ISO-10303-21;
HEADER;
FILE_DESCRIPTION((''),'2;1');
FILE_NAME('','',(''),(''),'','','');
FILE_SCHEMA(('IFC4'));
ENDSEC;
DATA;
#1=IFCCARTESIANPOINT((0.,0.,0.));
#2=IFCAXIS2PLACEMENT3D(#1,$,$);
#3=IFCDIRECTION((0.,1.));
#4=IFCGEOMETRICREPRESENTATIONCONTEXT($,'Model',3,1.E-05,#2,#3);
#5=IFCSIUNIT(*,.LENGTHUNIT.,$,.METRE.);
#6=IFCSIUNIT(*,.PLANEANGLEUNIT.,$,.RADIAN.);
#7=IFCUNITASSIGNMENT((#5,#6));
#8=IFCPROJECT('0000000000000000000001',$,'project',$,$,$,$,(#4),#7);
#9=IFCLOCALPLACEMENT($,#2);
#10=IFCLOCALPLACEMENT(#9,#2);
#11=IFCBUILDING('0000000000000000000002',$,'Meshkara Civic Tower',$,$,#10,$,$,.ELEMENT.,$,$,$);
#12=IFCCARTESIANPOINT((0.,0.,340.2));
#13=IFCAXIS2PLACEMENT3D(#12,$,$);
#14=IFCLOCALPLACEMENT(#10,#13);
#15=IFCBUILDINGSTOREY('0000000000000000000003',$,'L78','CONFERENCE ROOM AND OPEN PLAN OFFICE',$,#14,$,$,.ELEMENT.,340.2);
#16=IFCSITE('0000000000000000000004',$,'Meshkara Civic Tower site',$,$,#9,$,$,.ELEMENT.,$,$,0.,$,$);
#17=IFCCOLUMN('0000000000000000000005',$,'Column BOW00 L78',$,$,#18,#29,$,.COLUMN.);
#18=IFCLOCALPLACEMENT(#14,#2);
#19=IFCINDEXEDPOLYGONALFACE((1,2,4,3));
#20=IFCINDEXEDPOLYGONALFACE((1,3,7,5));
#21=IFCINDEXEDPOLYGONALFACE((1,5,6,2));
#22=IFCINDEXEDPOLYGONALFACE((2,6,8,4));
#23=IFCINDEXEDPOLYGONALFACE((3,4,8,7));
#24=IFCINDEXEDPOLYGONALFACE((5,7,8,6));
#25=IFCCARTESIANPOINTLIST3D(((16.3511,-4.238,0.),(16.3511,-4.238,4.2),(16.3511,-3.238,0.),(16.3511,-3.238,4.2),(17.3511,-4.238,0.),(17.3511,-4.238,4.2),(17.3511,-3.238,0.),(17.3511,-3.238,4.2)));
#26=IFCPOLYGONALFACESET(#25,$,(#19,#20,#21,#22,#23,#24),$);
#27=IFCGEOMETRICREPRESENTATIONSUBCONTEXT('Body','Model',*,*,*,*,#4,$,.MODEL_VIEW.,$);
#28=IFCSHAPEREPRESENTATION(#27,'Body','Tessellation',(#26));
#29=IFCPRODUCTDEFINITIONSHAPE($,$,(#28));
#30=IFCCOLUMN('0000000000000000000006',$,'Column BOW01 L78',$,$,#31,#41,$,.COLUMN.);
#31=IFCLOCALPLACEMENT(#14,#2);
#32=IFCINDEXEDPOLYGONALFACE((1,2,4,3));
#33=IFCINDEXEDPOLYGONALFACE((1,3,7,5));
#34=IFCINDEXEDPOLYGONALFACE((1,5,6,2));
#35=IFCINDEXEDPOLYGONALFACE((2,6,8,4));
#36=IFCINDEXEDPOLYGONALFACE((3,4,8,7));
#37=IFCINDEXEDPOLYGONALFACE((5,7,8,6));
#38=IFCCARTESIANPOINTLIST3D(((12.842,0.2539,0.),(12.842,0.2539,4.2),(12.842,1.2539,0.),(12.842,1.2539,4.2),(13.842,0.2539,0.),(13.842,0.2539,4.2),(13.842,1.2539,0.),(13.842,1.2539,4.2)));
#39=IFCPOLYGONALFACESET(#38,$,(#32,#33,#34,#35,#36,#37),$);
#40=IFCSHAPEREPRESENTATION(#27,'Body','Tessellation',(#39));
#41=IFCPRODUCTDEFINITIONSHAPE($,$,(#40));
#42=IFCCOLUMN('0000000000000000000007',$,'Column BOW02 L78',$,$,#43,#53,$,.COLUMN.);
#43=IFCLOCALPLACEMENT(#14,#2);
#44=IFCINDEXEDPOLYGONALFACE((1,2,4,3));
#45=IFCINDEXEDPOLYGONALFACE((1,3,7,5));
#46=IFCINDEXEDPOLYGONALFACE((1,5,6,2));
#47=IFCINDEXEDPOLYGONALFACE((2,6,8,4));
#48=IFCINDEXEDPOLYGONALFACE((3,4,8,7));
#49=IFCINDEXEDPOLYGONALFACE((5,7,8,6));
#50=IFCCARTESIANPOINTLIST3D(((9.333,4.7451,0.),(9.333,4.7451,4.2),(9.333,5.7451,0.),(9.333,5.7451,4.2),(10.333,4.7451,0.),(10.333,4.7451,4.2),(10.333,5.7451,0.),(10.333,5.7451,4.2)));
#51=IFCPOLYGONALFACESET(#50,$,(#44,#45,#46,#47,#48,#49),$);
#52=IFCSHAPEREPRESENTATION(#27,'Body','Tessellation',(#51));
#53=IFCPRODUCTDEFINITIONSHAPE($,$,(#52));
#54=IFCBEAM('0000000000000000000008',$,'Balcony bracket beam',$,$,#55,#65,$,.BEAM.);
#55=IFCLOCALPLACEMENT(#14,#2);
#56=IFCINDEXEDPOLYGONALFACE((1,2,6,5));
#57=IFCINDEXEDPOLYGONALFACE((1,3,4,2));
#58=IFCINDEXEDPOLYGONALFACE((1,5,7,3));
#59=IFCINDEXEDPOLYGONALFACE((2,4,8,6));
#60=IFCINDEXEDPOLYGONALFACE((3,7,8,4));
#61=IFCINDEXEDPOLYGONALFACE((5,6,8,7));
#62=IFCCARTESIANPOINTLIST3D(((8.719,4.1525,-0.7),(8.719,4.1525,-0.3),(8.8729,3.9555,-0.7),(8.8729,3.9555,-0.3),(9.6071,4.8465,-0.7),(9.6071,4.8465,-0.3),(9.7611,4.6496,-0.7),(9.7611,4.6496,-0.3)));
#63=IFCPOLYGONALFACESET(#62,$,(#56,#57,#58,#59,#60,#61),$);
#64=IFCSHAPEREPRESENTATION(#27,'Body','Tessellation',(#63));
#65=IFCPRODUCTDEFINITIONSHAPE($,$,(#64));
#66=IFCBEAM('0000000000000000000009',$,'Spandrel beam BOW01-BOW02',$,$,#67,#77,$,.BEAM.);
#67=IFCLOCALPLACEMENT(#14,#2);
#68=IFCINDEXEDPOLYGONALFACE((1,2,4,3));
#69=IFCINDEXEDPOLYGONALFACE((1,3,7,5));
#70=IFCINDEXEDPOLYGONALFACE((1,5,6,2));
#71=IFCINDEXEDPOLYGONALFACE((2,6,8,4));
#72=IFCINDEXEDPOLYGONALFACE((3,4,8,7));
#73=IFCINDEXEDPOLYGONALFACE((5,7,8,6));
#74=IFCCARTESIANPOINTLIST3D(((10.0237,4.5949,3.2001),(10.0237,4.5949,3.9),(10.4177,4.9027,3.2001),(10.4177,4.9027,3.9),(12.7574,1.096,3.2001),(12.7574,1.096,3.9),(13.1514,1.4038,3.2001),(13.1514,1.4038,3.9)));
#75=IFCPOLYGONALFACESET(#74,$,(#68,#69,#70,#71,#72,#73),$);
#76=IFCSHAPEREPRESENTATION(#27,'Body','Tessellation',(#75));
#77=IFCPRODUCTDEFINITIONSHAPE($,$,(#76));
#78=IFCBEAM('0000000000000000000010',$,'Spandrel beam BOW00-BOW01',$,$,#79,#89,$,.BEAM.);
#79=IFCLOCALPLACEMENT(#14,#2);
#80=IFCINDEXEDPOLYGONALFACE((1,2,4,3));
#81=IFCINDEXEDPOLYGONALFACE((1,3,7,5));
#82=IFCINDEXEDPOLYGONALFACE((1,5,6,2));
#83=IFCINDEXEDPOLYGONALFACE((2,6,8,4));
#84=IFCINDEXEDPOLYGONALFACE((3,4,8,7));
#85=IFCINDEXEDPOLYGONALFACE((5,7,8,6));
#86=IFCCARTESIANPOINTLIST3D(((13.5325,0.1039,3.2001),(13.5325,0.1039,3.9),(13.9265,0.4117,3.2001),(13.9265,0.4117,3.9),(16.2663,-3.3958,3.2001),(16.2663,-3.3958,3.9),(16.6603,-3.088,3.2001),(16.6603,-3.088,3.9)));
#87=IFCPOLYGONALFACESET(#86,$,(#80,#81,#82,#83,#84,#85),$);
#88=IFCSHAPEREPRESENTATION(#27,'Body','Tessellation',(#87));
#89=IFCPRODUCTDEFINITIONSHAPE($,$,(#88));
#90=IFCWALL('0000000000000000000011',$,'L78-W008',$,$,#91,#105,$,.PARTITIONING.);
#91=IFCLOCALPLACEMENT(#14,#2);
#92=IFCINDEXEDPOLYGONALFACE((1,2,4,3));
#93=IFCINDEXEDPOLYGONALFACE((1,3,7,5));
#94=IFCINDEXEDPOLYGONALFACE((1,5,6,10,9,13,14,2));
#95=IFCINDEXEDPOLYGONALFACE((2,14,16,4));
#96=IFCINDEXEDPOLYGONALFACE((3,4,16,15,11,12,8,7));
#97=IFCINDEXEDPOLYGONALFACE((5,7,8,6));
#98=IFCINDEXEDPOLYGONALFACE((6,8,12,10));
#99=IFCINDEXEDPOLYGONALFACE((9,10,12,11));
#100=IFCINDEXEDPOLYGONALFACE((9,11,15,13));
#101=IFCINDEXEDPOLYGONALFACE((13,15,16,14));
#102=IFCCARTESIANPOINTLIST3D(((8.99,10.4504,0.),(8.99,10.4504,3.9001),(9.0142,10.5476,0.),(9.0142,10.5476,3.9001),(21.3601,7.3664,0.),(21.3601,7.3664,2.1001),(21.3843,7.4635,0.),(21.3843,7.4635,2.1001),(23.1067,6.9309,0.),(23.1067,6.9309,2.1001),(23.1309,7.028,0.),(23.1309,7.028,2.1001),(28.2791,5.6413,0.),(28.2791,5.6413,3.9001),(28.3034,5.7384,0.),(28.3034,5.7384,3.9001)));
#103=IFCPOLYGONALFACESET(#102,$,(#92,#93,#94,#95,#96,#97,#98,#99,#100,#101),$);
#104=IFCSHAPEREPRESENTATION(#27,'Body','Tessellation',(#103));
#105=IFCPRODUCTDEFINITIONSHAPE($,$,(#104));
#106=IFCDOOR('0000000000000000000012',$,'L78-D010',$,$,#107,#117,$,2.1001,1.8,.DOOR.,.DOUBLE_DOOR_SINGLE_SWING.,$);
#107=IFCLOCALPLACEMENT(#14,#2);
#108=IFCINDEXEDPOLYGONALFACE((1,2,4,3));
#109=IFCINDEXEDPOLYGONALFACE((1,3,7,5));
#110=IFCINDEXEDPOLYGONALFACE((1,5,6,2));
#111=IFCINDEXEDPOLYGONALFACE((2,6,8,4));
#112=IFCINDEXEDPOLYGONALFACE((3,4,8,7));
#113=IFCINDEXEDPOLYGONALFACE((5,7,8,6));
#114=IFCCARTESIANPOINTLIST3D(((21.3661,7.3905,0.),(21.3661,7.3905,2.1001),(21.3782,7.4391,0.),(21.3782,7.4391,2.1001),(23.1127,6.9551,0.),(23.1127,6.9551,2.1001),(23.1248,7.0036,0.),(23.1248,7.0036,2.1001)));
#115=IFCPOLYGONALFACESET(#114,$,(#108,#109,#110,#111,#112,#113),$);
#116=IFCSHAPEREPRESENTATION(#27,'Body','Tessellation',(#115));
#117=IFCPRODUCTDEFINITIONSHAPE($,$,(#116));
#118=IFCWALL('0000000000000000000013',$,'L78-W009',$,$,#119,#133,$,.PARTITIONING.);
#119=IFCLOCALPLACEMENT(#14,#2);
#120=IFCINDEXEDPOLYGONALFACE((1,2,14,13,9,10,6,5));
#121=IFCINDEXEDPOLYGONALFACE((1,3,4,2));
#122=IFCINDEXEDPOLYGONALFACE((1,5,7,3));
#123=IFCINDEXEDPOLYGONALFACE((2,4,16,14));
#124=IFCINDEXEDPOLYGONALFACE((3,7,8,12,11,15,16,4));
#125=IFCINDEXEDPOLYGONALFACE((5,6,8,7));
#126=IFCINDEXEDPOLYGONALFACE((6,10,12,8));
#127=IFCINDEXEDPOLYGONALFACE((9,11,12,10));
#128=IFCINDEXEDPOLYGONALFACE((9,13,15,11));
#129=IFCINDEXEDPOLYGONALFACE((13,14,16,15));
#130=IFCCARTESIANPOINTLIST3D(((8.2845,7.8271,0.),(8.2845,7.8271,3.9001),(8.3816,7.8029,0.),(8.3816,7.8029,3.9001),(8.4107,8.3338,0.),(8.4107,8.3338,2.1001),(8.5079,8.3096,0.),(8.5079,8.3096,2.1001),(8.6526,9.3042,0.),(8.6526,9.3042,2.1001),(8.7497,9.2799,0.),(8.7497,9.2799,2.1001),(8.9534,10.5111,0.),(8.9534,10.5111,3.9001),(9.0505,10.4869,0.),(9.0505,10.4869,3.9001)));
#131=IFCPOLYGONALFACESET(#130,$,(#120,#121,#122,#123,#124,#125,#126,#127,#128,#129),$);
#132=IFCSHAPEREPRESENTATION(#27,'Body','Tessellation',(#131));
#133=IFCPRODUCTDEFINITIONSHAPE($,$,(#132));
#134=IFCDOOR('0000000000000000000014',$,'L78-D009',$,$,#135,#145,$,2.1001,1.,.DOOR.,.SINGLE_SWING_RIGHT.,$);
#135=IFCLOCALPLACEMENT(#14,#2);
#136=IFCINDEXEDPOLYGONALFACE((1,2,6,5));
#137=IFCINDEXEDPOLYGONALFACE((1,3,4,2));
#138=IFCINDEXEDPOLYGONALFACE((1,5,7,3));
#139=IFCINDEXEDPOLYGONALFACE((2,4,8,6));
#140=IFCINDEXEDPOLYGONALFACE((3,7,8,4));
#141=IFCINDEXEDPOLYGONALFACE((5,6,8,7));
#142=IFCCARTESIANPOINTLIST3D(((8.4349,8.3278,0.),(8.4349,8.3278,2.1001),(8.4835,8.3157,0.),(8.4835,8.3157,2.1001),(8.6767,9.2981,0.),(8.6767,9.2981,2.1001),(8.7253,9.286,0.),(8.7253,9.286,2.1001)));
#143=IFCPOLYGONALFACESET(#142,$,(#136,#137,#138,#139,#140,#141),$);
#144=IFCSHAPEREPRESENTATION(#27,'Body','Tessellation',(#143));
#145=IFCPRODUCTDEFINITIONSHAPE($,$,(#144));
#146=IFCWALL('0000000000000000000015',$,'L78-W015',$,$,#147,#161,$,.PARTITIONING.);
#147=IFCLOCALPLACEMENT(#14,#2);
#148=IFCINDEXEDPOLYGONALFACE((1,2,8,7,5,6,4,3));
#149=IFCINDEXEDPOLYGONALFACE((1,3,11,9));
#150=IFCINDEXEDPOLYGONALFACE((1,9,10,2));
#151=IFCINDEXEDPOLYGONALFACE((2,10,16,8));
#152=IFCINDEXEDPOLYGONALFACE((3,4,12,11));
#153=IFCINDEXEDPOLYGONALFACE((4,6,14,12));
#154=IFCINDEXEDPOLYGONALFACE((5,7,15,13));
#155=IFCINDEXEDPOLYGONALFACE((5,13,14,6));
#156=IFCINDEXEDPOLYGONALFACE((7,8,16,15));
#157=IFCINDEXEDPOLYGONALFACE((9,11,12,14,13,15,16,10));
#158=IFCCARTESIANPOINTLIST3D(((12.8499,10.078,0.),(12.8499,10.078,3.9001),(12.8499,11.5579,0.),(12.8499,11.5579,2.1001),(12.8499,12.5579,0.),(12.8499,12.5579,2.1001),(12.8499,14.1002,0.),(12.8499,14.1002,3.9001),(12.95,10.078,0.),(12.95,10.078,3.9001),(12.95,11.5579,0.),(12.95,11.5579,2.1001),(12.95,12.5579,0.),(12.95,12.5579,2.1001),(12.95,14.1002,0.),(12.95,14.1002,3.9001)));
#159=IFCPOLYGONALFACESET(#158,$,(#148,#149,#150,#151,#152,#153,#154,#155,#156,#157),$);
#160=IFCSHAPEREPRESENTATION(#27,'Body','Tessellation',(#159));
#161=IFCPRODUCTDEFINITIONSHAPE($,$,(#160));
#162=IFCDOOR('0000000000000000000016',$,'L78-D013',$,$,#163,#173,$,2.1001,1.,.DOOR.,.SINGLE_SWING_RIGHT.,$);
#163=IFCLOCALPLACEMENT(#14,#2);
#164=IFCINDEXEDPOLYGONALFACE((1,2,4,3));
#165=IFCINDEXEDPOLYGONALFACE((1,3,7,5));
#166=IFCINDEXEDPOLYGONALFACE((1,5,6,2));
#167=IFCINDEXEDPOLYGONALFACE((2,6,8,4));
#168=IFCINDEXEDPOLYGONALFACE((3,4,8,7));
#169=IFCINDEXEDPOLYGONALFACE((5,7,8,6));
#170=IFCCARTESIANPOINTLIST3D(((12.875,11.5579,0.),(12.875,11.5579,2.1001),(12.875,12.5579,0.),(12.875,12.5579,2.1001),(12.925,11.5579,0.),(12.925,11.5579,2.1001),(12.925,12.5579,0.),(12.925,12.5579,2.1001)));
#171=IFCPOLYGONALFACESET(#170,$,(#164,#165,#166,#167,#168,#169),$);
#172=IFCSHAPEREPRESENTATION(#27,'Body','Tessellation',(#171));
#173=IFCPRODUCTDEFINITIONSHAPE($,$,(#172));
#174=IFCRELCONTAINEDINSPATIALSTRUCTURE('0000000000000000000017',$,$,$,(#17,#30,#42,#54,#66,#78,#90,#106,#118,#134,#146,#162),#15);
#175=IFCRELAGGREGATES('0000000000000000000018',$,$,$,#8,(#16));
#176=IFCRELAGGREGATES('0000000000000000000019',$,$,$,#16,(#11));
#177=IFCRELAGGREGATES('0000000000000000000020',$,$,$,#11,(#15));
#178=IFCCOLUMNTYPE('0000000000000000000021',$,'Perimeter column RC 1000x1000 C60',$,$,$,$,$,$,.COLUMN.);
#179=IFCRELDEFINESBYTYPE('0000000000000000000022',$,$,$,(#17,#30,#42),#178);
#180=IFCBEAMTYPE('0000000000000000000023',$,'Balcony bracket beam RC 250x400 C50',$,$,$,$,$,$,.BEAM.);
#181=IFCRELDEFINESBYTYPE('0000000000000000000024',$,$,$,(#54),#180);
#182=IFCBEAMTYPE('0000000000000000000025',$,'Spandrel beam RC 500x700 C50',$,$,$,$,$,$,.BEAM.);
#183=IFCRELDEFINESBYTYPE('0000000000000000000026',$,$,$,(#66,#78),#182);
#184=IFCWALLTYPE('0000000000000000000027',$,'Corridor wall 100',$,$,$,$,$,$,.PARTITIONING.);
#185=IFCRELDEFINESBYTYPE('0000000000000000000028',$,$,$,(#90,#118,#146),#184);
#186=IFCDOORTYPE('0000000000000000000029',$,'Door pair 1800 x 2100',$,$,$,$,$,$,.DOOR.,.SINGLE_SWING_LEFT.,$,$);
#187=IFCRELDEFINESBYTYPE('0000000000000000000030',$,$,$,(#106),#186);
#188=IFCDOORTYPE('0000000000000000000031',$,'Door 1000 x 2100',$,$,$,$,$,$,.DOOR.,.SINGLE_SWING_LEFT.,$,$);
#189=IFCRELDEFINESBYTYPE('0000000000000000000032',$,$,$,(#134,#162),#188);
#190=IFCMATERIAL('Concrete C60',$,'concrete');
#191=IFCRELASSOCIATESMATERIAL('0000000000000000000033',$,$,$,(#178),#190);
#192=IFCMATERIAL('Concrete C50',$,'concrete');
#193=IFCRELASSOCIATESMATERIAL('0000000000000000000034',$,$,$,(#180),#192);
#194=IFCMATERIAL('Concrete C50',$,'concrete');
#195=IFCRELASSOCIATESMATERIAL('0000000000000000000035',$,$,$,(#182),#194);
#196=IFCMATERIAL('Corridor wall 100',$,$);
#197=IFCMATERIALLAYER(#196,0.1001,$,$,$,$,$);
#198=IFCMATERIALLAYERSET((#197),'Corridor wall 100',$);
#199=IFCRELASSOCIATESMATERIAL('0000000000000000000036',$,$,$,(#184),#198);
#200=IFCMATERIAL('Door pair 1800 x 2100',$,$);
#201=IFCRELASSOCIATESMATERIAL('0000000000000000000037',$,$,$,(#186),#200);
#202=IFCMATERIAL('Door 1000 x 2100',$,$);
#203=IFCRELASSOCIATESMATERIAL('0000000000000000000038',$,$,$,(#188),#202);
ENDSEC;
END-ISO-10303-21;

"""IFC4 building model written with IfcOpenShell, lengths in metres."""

from ifc_helpers import new_model, si_unit, direction, frame, frame_2d, origin, origin_2d, place, context, subcontext, project, spatial, rectangle, extrude, material, layer, layer_set, material_profile, profile_set, type_object, element, fill, save


model = new_model("IFC4")

# Units and contexts
model_context = context("Model", 3, precision=1e-05, world=origin(), true_north=direction((0.0, 1.0)))
body_context = subcontext(model_context, "Body", "Model", "MODEL_VIEW")
ifc_project = project(units=[si_unit("LENGTHUNIT", "METRE"), si_unit("PLANEANGLEUNIT", "RADIAN")], contexts=[model_context])

# Site, building, storey
site_placement = place(None, origin())
site = spatial("IfcSite", under=ifc_project, at=site_placement, Name="Meshkara Civic Tower site", CompositionType="ELEMENT", RefElevation=0.0)
building_placement = place(site_placement, origin())
building = spatial("IfcBuilding", under=site, at=building_placement, Name="Meshkara Civic Tower", CompositionType="ELEMENT")
storey_placement = place(building_placement, frame((0.0, 0.0, 340.2)))
storey = spatial("IfcBuildingStorey", under=building, at=storey_placement, Name="L78", Description="CONFERENCE ROOM AND OPEN PLAN OFFICE", CompositionType="ELEMENT", Elevation=340.2)

# Columns
ifc_material_1 = material(Name="Concrete C60", Category="concrete")
ifc_material_profile_1 = material_profile(ifc_material_1, rectangle(XDim=1.0, YDim=1.0, at=origin_2d()))
ifc_profile_set_1 = profile_set([ifc_material_profile_1], Name="Concrete C60")
column_type = type_object("IfcColumnType", Name="Perimeter column RC 1000x1000 C60", PredefinedType="COLUMN", material=ifc_profile_set_1)
for number, where, z_axis, x_axis, name in (
    (1, (16.8511, -3.738, 0.0), (0.0, 0.0, 1.0), (1.0, 0.0, 0.0), "Column BOW00 L78"),
    (2, (13.342, 0.7539, 0.0), (0.0, 0.0, 1.0), (1.0, 0.0, 0.0), "Column BOW01 L78"),
    (3, (9.833, 5.2451, 0.0), (0.0, 0.0, 1.0), (1.0, 0.0, 0.0), "Column BOW02 L78"),
):
    element("IfcColumn", number, at=place(storey_placement, frame(where, z_axis=z_axis, x_axis=x_axis)), inside=storey, type_object=column_type, Name=name, PredefinedType="COLUMN", context=body_context, shape_type="SweptSolid", body=[
        extrude(rectangle(XDim=1.0, YDim=1.0, at=origin_2d()), origin(), (0.0, 0.0, 1.0), 4.2),
    ])

# Beams
ifc_material_2 = material(Name="Concrete C50", Category="concrete")
ifc_material_profile_2 = material_profile(ifc_material_2, rectangle(XDim=0.25, YDim=0.3999, at=origin_2d()))
ifc_profile_set_2 = profile_set([ifc_material_profile_2], Name="Concrete C50")
beam_type_1 = type_object("IfcBeamType", Name="Balcony bracket beam RC 250x400 C50", PredefinedType="BEAM", material=ifc_profile_set_2)
beam_1_placement = place(storey_placement, frame((9.6841, 4.748, -0.5), z_axis=(-0.787939, -0.615753, 0.0), x_axis=(0.615753, -0.787939, 0.0)))
element("IfcBeam", 4, at=beam_1_placement, inside=storey, type_object=beam_type_1, Name="Balcony bracket beam", PredefinedType="BEAM", context=body_context, shape_type="SweptSolid", body=[
    extrude(rectangle(XDim=0.25, YDim=0.3999, at=origin_2d()), origin(), (0.0, 0.0, 1.0), 1.1272),
])
ifc_material_3 = material(Name="Concrete C50", Category="concrete")
ifc_material_profile_3 = material_profile(ifc_material_3, rectangle(XDim=0.5, YDim=0.7, at=origin_2d()))
ifc_profile_set_3 = profile_set([ifc_material_profile_3], Name="Concrete C50")
beam_type_2 = type_object("IfcBeamType", Name="Spandrel beam RC 500x700 C50", PredefinedType="BEAM", material=ifc_profile_set_3)
beam_2_placement = place(storey_placement, frame((10.2207, 4.7488, 3.55), z_axis=(0.615675, -0.788, 0.0), x_axis=(0.788, 0.615675, 0.0)))
element("IfcBeam", 5, at=beam_2_placement, inside=storey, type_object=beam_type_2, Name="Spandrel beam BOW01-BOW02", PredefinedType="BEAM", context=body_context, shape_type="SweptSolid", body=[
    extrude(rectangle(XDim=0.5, YDim=0.7, at=origin_2d()), origin(), (0.0, 0.0, 1.0), 4.4402),
])
beam_3_placement = place(storey_placement, frame((13.7295, 0.2578, 3.55), z_axis=(0.615602, -0.788057, 0.0), x_axis=(0.788057, 0.615602, 0.0)))
element("IfcBeam", 6, at=beam_3_placement, inside=storey, type_object=beam_type_2, Name="Spandrel beam BOW00-BOW01", PredefinedType="BEAM", context=body_context, shape_type="SweptSolid", body=[
    extrude(rectangle(XDim=0.5, YDim=0.7, at=origin_2d()), origin(), (0.0, 0.0, 1.0), 4.4409),
])

# Walls, openings, doors
ifc_material_4 = material(Name="Corridor wall 100")
ifc_layer_1 = layer(ifc_material_4, 0.1001)
ifc_layer_set_1 = layer_set([ifc_layer_1], Name="Corridor wall 100")
wall_type_1 = type_object("IfcWallType", Name="Corridor wall 100", PredefinedType="PARTITIONING", material=ifc_layer_set_1)
wall_1_placement = place(storey_placement, frame((9.002, 10.499, 0.0), z_axis=(0.0, 0.0, 1.0), x_axis=(0.970298, -0.241911, 0.0)))
wall_1 = element("IfcWall", 7, at=wall_1_placement, inside=storey, type_object=wall_type_1, Name="L78-W008", PredefinedType="PARTITIONING", context=body_context, shape_type="SweptSolid", body=[
    extrude(rectangle(XDim=19.8796, YDim=0.1001, at=frame_2d((9.9399, 0.0))), origin(), (0.0, 0.0, 1.0), 3.9001),
])
opening_1_placement = place(wall_1_placement, frame((12.749, 0.0, 0.0)))
opening_1 = element("IfcOpeningElement", 8, at=opening_1_placement, cuts=wall_1, PredefinedType="OPENING", context=body_context, shape_type="SweptSolid", body=[
    extrude(rectangle(XDim=1.8, YDim=2.1001, at=frame_2d((0.8999, 1.05))), frame((0.0, 0.0601, 0.0), z_axis=(0.0, -1.0, 0.0), x_axis=(1.0, 0.0, 0.0)), (0.0, 0.0, 1.0), 0.1201),
])
ifc_material_5 = material(Name="Door pair 1800 x 2100")
door_type_1 = type_object("IfcDoorType", Name="Door pair 1800 x 2100", OperationType="SINGLE_SWING_LEFT", PredefinedType="DOOR", material=ifc_material_5)
door_1_placement = place(opening_1_placement, origin())
door_1 = element("IfcDoor", 9, at=door_1_placement, inside=storey, type_object=door_type_1, Name="L78-D010", OperationType="DOUBLE_DOOR_SINGLE_SWING", OverallHeight=2.1001, OverallWidth=1.8, PredefinedType="DOOR", context=body_context, shape_type="SweptSolid", body=[
    extrude(rectangle(XDim=1.8, YDim=2.1001, at=frame_2d((0.8999, 1.05))), frame((0.0, 0.0249, 0.0), z_axis=(0.0, -1.0, 0.0), x_axis=(1.0, 0.0, 0.0)), (0.0, 0.0, 1.0), 0.05),
])
fill(opening_1, door_1)
wall_2_placement = place(storey_placement, frame((9.002, 10.499, 0.0), z_axis=(0.0, 0.0, 1.0), x_axis=(-0.241829, -0.970319, 0.0)))
wall_2 = element("IfcWall", 10, at=wall_2_placement, inside=storey, type_object=wall_type_1, Name="L78-W009", PredefinedType="PARTITIONING", context=body_context, shape_type="SweptSolid", body=[
    extrude(rectangle(XDim=2.7661, YDim=0.1001, at=frame_2d((1.3831, 0.0))), origin(), (0.0, 0.0, 1.0), 3.9001),
])
opening_2_placement = place(wall_2_placement, frame((1.2439, 0.0, 0.0)))
opening_2 = element("IfcOpeningElement", 11, at=opening_2_placement, cuts=wall_2, PredefinedType="OPENING", context=body_context, shape_type="SweptSolid", body=[
    extrude(rectangle(XDim=1.0, YDim=2.1001, at=frame_2d((0.5, 1.05))), frame((0.0, 0.0601, 0.0), z_axis=(0.0, -1.0, 0.0), x_axis=(1.0, 0.0, 0.0)), (0.0, 0.0, 1.0), 0.1201),
])
ifc_material_6 = material(Name="Door 1000 x 2100")
door_type_2 = type_object("IfcDoorType", Name="Door 1000 x 2100", OperationType="SINGLE_SWING_LEFT", PredefinedType="DOOR", material=ifc_material_6)
door_2_placement = place(opening_2_placement, origin())
door_2 = element("IfcDoor", 12, at=door_2_placement, inside=storey, type_object=door_type_2, Name="L78-D009", OperationType="SINGLE_SWING_RIGHT", OverallHeight=2.1001, OverallWidth=1.0, PredefinedType="DOOR", context=body_context, shape_type="SweptSolid", body=[
    extrude(rectangle(XDim=1.0, YDim=2.1001, at=frame_2d((0.5, 1.05))), frame((0.0, 0.0249, 0.0), z_axis=(0.0, -1.0, 0.0), x_axis=(1.0, 0.0, 0.0)), (0.0, 0.0, 1.0), 0.05),
])
fill(opening_2, door_2)
wall_3_placement = place(storey_placement, frame((12.8999, 10.0779, 0.0), z_axis=(0.0, 0.0, 1.0), x_axis=(0.0, 1.0, 0.0)))
wall_3 = element("IfcWall", 13, at=wall_3_placement, inside=storey, type_object=wall_type_1, Name="L78-W015", PredefinedType="PARTITIONING", context=body_context, shape_type="SweptSolid", body=[
    extrude(rectangle(XDim=4.0222, YDim=0.1001, at=frame_2d((2.0112, 0.0))), origin(), (0.0, 0.0, 1.0), 3.9001),
])
opening_3_placement = place(wall_3_placement, frame((1.48, 0.0, 0.0)))
opening_3 = element("IfcOpeningElement", 14, at=opening_3_placement, cuts=wall_3, PredefinedType="OPENING", context=body_context, shape_type="SweptSolid", body=[
    extrude(rectangle(XDim=1.0, YDim=2.1001, at=frame_2d((0.5, 1.05))), frame((0.0, 0.0601, 0.0), z_axis=(0.0, -1.0, 0.0), x_axis=(1.0, 0.0, 0.0)), (0.0, 0.0, 1.0), 0.1201),
])
door_3_placement = place(opening_3_placement, origin())
door_3 = element("IfcDoor", 15, at=door_3_placement, inside=storey, type_object=door_type_2, Name="L78-D013", OperationType="SINGLE_SWING_RIGHT", OverallHeight=2.1001, OverallWidth=1.0, PredefinedType="DOOR", context=body_context, shape_type="SweptSolid", body=[
    extrude(rectangle(XDim=1.0, YDim=2.1001, at=frame_2d((0.5, 1.05))), frame((0.0, 0.0249, 0.0), z_axis=(0.0, -1.0, 0.0), x_axis=(1.0, 0.0, 0.0)), (0.0, 0.0, 1.0), 0.05),
])
fill(opening_3, door_3)

save(model, "model.ifc")
